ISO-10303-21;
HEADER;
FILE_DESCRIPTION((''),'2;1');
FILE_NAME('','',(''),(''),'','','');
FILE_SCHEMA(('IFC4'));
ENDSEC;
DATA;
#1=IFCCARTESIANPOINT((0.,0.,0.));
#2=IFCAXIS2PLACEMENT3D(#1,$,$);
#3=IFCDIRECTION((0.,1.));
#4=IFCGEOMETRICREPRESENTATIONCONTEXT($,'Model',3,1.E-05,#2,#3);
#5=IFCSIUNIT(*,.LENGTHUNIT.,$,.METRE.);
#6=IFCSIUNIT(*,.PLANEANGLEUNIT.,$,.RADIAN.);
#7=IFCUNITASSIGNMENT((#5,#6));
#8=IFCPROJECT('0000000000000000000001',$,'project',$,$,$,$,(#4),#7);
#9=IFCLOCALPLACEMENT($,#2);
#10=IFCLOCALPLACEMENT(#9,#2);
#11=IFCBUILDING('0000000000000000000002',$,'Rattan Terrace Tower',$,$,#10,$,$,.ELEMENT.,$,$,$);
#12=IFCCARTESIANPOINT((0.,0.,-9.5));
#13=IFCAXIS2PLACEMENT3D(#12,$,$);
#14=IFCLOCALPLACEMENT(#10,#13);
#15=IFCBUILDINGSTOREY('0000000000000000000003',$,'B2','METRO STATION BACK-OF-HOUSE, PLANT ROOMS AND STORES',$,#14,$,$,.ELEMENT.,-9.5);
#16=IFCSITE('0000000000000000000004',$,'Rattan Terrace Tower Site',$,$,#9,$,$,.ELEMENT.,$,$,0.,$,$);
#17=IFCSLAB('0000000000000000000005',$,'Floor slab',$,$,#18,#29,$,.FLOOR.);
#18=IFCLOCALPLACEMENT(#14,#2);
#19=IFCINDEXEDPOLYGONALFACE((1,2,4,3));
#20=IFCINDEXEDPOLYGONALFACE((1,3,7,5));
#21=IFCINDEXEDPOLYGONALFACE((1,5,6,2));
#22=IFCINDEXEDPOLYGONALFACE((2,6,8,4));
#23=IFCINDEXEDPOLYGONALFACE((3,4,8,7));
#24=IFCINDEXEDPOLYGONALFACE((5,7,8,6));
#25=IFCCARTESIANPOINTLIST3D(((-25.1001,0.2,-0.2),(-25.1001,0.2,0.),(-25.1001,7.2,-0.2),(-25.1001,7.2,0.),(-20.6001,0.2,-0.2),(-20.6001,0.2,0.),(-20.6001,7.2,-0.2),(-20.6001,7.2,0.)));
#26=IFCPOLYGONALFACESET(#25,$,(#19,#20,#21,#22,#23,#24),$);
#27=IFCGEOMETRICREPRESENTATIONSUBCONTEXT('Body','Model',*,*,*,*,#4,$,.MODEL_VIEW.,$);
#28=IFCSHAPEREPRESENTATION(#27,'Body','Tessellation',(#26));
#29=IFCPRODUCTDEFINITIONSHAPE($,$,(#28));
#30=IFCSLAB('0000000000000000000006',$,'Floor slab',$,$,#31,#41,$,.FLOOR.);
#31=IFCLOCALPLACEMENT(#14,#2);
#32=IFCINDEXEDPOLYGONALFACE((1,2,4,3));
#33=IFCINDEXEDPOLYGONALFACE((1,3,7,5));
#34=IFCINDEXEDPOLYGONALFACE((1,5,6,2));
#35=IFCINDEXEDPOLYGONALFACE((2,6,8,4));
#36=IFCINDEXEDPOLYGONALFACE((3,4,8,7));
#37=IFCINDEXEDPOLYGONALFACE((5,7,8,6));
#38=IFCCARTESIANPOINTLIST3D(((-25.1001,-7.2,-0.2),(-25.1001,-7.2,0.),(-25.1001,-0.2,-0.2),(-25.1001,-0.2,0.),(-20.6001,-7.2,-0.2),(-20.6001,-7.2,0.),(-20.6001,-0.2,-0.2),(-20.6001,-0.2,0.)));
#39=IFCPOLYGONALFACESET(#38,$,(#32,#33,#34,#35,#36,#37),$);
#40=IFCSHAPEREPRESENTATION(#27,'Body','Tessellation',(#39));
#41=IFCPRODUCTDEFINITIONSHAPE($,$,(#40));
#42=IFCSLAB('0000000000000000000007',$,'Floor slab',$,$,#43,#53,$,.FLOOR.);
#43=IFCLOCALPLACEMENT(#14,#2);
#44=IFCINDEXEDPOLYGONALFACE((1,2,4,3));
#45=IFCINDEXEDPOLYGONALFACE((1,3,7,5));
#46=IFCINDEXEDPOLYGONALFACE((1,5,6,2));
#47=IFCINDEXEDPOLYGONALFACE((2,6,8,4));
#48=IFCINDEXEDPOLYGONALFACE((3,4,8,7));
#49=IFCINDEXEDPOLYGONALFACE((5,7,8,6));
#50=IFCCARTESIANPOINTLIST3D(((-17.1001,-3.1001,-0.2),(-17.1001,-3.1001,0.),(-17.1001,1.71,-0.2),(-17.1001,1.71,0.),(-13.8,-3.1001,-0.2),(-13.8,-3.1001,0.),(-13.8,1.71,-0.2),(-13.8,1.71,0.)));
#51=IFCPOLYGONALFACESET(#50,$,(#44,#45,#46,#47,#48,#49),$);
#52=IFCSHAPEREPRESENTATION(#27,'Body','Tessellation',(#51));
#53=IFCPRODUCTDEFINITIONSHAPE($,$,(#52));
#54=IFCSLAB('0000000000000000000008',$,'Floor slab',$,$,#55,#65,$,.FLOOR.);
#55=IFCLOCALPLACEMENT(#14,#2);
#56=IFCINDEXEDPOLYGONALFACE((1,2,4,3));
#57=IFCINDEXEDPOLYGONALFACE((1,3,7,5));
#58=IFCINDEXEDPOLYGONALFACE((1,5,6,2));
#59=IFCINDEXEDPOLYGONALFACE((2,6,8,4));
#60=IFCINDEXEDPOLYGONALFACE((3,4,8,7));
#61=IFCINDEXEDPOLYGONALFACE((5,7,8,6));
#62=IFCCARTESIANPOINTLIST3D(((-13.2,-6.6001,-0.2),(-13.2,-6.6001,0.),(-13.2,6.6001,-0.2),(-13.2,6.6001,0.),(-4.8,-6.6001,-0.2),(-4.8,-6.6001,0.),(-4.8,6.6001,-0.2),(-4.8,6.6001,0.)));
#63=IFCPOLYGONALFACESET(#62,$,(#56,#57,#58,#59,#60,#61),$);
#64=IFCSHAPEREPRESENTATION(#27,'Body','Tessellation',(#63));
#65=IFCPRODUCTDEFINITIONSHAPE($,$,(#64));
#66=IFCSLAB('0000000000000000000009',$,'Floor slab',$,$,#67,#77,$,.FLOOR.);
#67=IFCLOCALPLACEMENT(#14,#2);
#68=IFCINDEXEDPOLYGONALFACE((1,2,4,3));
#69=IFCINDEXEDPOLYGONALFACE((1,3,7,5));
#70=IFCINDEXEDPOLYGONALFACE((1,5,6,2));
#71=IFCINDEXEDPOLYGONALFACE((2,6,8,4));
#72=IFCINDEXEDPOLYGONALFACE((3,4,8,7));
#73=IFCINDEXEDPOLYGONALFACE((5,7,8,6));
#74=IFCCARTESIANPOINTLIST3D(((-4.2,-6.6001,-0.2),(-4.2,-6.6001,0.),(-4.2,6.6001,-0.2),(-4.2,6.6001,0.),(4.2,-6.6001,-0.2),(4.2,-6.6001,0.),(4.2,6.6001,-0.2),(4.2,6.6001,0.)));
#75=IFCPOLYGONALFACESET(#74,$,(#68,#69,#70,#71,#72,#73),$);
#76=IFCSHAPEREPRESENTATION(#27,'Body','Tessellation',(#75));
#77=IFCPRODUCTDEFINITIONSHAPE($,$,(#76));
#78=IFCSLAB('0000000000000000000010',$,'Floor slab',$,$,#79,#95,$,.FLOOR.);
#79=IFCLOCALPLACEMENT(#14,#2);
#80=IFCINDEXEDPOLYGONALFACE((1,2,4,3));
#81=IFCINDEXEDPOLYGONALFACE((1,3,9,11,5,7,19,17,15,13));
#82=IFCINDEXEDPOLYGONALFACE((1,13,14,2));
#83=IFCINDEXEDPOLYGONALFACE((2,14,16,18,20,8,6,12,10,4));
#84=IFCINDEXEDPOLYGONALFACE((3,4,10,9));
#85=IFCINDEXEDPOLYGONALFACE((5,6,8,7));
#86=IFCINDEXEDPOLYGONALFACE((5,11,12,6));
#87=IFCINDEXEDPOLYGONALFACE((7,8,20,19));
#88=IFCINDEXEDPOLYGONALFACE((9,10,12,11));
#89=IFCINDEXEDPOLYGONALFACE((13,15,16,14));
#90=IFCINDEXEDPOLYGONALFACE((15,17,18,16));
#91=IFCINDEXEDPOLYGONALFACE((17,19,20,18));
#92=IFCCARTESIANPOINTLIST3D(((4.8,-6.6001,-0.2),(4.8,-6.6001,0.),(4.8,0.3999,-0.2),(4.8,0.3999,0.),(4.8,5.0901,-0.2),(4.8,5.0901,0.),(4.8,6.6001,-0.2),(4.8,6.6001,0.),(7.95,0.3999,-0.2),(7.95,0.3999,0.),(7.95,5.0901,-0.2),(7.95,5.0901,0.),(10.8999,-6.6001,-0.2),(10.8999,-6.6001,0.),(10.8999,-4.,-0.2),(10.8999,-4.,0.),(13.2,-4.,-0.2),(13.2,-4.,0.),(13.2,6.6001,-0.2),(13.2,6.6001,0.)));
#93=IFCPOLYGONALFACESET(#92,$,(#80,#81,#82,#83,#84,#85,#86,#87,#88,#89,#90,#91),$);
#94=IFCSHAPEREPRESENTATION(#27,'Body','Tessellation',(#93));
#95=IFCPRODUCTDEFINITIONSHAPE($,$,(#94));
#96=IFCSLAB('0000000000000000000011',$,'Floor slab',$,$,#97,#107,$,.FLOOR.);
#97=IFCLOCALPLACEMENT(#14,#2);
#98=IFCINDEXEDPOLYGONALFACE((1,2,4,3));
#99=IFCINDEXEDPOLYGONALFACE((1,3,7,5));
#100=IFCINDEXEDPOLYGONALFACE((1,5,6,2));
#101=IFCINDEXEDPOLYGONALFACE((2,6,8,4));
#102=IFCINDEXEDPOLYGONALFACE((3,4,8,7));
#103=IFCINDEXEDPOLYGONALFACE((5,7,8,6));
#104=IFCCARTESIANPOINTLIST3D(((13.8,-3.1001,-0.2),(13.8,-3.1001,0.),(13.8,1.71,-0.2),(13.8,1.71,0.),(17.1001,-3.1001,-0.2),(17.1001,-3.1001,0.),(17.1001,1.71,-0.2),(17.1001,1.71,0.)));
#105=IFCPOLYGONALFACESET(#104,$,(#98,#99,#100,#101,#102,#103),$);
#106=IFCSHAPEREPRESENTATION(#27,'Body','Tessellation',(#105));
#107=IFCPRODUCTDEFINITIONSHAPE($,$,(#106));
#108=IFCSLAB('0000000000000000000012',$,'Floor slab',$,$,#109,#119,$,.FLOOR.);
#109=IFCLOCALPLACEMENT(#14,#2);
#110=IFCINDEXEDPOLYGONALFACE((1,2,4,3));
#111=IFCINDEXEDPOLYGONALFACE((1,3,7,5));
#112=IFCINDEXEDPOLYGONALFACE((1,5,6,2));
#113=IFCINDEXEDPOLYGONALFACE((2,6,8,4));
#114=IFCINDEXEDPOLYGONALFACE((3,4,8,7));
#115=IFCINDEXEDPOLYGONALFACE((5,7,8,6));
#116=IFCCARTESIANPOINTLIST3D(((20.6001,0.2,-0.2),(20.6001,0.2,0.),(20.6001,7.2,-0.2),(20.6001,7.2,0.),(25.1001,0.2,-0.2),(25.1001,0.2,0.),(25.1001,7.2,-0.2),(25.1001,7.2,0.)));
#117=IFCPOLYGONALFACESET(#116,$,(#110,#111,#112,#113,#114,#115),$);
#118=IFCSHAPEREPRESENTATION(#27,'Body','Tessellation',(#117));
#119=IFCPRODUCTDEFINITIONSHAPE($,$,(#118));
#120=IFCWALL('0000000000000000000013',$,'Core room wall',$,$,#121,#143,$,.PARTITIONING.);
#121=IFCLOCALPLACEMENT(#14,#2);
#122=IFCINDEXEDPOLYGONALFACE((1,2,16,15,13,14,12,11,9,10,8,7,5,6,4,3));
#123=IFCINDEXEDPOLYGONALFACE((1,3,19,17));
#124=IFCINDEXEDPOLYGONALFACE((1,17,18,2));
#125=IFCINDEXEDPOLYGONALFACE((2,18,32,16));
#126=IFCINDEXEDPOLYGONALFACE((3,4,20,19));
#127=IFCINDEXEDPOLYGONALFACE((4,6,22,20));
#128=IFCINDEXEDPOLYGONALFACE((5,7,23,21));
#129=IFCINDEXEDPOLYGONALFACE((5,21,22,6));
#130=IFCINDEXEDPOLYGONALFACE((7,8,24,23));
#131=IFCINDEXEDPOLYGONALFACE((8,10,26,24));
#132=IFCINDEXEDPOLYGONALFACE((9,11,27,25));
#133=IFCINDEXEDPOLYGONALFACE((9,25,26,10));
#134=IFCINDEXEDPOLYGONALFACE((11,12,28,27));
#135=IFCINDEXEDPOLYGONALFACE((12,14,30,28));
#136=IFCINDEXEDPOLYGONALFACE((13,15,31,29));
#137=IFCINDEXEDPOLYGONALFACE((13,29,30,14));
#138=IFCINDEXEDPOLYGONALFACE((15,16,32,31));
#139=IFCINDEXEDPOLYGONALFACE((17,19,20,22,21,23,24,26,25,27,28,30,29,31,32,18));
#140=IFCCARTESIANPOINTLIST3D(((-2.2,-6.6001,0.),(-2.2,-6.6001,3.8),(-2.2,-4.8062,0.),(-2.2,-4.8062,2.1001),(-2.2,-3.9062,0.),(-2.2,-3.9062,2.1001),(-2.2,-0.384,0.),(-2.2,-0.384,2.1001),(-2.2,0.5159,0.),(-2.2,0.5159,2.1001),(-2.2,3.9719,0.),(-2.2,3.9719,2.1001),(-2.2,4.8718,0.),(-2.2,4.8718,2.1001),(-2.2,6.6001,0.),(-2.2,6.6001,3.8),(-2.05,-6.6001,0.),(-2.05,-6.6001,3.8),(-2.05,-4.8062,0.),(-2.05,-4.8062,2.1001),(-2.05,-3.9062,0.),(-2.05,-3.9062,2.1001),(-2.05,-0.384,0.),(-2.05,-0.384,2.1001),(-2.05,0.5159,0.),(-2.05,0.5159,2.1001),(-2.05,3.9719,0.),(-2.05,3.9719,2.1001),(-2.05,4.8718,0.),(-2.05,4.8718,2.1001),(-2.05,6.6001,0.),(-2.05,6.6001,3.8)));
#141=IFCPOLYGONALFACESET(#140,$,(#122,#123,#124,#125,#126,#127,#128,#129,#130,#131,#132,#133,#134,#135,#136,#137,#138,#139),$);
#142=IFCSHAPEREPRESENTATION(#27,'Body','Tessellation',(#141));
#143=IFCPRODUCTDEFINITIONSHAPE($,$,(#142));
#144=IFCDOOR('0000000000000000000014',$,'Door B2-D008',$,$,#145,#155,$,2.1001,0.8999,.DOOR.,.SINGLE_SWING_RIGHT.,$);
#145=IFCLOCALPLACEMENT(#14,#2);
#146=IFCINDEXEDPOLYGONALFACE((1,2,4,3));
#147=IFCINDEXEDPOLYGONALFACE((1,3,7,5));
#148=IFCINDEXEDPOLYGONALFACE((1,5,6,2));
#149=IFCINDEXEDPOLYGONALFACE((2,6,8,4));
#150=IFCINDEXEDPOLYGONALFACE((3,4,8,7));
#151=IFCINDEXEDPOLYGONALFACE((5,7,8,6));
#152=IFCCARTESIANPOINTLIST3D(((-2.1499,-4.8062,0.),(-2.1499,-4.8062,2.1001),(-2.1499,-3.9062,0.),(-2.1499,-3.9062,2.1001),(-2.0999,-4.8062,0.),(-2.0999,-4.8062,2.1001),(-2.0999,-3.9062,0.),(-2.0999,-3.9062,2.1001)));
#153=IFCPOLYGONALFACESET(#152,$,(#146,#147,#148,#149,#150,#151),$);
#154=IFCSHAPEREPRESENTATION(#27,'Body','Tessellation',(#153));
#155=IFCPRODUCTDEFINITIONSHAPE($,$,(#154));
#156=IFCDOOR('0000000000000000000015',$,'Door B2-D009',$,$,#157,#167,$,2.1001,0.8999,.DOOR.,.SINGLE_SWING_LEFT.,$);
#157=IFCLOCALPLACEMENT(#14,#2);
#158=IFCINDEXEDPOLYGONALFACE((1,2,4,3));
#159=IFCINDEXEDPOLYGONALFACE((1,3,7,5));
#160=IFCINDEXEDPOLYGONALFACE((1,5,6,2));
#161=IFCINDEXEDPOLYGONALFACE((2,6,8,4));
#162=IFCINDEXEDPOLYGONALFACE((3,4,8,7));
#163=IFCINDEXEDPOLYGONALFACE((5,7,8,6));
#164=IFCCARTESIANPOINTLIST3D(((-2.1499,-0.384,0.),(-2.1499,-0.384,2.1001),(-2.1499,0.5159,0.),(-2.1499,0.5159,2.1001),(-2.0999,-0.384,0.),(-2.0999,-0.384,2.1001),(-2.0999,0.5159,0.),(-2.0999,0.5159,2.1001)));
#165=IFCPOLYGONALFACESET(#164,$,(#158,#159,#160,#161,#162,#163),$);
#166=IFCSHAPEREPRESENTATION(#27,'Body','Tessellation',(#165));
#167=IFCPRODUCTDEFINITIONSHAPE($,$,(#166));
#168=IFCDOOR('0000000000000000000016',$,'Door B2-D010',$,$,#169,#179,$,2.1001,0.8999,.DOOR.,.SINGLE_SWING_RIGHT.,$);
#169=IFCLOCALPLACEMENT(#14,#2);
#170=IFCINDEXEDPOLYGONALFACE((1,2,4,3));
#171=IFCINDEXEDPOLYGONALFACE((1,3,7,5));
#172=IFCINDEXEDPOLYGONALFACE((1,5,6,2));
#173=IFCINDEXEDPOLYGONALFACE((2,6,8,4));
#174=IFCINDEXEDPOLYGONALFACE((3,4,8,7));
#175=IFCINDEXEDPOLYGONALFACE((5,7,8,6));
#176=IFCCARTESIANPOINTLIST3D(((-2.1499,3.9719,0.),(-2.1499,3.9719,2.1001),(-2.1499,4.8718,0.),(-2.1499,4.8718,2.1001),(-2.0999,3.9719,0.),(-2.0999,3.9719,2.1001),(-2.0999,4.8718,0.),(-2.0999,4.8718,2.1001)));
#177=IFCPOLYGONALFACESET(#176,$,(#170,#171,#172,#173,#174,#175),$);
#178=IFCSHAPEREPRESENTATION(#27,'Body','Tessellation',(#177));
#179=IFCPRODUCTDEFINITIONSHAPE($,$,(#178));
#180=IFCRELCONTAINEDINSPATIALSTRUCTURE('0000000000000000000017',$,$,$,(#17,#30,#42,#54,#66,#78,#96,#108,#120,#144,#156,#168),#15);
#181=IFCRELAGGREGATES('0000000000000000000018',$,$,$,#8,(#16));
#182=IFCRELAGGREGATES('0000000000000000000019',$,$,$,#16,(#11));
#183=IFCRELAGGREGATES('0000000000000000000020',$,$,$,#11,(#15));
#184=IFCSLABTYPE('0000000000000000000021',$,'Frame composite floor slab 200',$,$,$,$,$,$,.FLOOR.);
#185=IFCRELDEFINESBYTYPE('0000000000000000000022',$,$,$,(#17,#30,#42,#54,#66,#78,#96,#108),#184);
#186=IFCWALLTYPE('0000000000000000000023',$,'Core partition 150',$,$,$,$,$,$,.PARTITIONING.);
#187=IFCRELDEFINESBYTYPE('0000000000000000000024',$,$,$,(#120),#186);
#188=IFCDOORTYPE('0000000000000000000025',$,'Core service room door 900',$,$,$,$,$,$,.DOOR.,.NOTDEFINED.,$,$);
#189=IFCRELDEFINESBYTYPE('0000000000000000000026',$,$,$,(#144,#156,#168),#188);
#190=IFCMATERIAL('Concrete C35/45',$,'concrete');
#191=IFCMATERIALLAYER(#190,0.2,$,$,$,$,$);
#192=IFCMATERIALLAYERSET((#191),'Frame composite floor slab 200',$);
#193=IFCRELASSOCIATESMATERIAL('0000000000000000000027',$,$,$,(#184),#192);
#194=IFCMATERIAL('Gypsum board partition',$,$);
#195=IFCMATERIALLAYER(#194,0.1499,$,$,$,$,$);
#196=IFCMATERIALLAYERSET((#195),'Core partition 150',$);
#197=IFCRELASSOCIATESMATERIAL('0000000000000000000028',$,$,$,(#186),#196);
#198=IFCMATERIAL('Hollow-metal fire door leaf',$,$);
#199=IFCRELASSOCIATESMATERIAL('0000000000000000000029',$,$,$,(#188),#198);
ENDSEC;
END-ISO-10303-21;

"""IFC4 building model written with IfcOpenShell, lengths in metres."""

from ifc_helpers import new_model, si_unit, direction, frame, frame_2d, origin, place, context, subcontext, project, spatial, polyline, rectangle, outline, extrude, material, layer, layer_set, type_object, element, fill, save


model = new_model("IFC4")

# Units and contexts
model_context = context("Model", 3, precision=1e-05, world=origin(), true_north=direction((0.0, 1.0)))
body_context = subcontext(model_context, "Body", "Model", "MODEL_VIEW")
ifc_project = project(units=[si_unit("LENGTHUNIT", "METRE"), si_unit("PLANEANGLEUNIT", "RADIAN")], contexts=[model_context])

# Site, building, storey
site_placement = place(None, origin())
site = spatial("IfcSite", under=ifc_project, at=site_placement, Name="Rattan Terrace Tower Site", CompositionType="ELEMENT", RefElevation=0.0)
building_placement = place(site_placement, origin())
building = spatial("IfcBuilding", under=site, at=building_placement, Name="Rattan Terrace Tower", CompositionType="ELEMENT")
storey_placement = place(building_placement, frame((0.0, 0.0, -9.5)))
storey = spatial("IfcBuildingStorey", under=building, at=storey_placement, Name="B2", Description="METRO STATION BACK-OF-HOUSE, PLANT ROOMS AND STORES", CompositionType="ELEMENT", Elevation=-9.5)

# Slabs
ifc_material_1 = material(Name="Concrete C35/45", Category="concrete")
ifc_layer_1 = layer(ifc_material_1, 0.2)
ifc_layer_set_1 = layer_set([ifc_layer_1], Name="Frame composite floor slab 200")
slab_type = type_object("IfcSlabType", Name="Frame composite floor slab 200", PredefinedType="FLOOR", material=ifc_layer_set_1)
slab_1_placement = place(storey_placement, frame((0.0, 0.0, -0.2)))
element("IfcSlab", 1, at=slab_1_placement, inside=storey, type_object=slab_type, Name="Floor slab", PredefinedType="FLOOR", context=body_context, shape_type="SweptSolid", body=[
    extrude(outline(polyline([(-20.6001, 0.2), (-20.6001, 7.2), (-25.1001, 7.2), (-25.1001, 0.2), (-20.6001, 0.2)])), origin(), (0.0, 0.0, 1.0), 0.2),
])
slab_2_placement = place(storey_placement, frame((0.0, 0.0, -0.2)))
element("IfcSlab", 2, at=slab_2_placement, inside=storey, type_object=slab_type, Name="Floor slab", PredefinedType="FLOOR", context=body_context, shape_type="SweptSolid", body=[
    extrude(outline(polyline([(-20.6001, -0.2), (-25.1001, -0.2), (-25.1001, -7.2), (-20.6001, -7.2), (-20.6001, -0.2)])), origin(), (0.0, 0.0, 1.0), 0.2),
])
slab_3_placement = place(storey_placement, frame((0.0, 0.0, -0.2)))
element("IfcSlab", 3, at=slab_3_placement, inside=storey, type_object=slab_type, Name="Floor slab", PredefinedType="FLOOR", context=body_context, shape_type="SweptSolid", body=[
    extrude(outline(polyline([(-13.8, 1.71), (-17.1001, 1.71), (-17.1001, -3.1001), (-13.8, -3.1001), (-13.8, 1.71)])), origin(), (0.0, 0.0, 1.0), 0.2),
])
slab_4_placement = place(storey_placement, frame((0.0, 0.0, -0.2)))
element("IfcSlab", 4, at=slab_4_placement, inside=storey, type_object=slab_type, Name="Floor slab", PredefinedType="FLOOR", context=body_context, shape_type="SweptSolid", body=[
    extrude(outline(polyline([(-13.2, -6.6001), (-4.8, -6.6001), (-4.8, 6.6001), (-13.2, 6.6001), (-13.2, -6.6001)])), origin(), (0.0, 0.0, 1.0), 0.2),
])
slab_5_placement = place(storey_placement, frame((0.0, 0.0, -0.2)))
element("IfcSlab", 5, at=slab_5_placement, inside=storey, type_object=slab_type, Name="Floor slab", PredefinedType="FLOOR", context=body_context, shape_type="SweptSolid", body=[
    extrude(outline(polyline([(-4.2, -6.6001), (4.2, -6.6001), (4.2, 6.6001), (-4.2, 6.6001), (-4.2, -6.6001)])), origin(), (0.0, 0.0, 1.0), 0.2),
])
slab_6_placement = place(storey_placement, frame((0.0, 0.0, -0.2)))
element("IfcSlab", 6, at=slab_6_placement, inside=storey, type_object=slab_type, Name="Floor slab", PredefinedType="FLOOR", context=body_context, shape_type="SweptSolid", body=[
    extrude(outline(polyline([(4.8, -6.6001), (10.8999, -6.6001), (10.8999, -4.0), (13.2, -4.0), (13.2, 6.6001), (4.8, 6.6001), (4.8, 5.0901), (7.95, 5.0901), (7.95, 0.3999), (4.8, 0.3999), (4.8, -6.6001)])), origin(), (0.0, 0.0, 1.0), 0.2),
])
slab_7_placement = place(storey_placement, frame((0.0, 0.0, -0.2)))
element("IfcSlab", 7, at=slab_7_placement, inside=storey, type_object=slab_type, Name="Floor slab", PredefinedType="FLOOR", context=body_context, shape_type="SweptSolid", body=[
    extrude(outline(polyline([(13.8, -3.1001), (17.1001, -3.1001), (17.1001, 1.71), (13.8, 1.71), (13.8, -3.1001)])), origin(), (0.0, 0.0, 1.0), 0.2),
])
slab_8_placement = place(storey_placement, frame((0.0, 0.0, -0.2)))
element("IfcSlab", 8, at=slab_8_placement, inside=storey, type_object=slab_type, Name="Floor slab", PredefinedType="FLOOR", context=body_context, shape_type="SweptSolid", body=[
    extrude(outline(polyline([(25.1001, 7.2), (20.6001, 7.2), (20.6001, 0.2), (25.1001, 0.2), (25.1001, 7.2)])), origin(), (0.0, 0.0, 1.0), 0.2),
])

# Wall, openings, doors
ifc_material_2 = material(Name="Gypsum board partition")
ifc_layer_2 = layer(ifc_material_2, 0.1499)
ifc_layer_set_2 = layer_set([ifc_layer_2], Name="Core partition 150")
wall_type_1 = type_object("IfcWallType", Name="Core partition 150", PredefinedType="PARTITIONING", material=ifc_layer_set_2)
wall_1_placement = place(storey_placement, frame((-2.125, -6.6001, 0.0), z_axis=(0.0, 0.0, 1.0), x_axis=(0.0, 1.0, 0.0)))
wall_1 = element("IfcWall", 9, at=wall_1_placement, inside=storey, type_object=wall_type_1, Name="Core room wall", PredefinedType="PARTITIONING", context=body_context, shape_type="SweptSolid", body=[
    extrude(rectangle(XDim=13.2002, YDim=0.1499, at=frame_2d((6.6001, 0.0))), origin(), (0.0, 0.0, 1.0), 3.8),
])
opening_1_placement = place(wall_1_placement, frame((1.7939, 0.0, 0.0)))
opening_1 = element("IfcOpeningElement", 10, at=opening_1_placement, cuts=wall_1, PredefinedType="OPENING", context=body_context, shape_type="SweptSolid", body=[
    extrude(rectangle(XDim=0.8999, YDim=2.1001, at=frame_2d((0.45, 1.05))), frame((0.0, 0.0854, 0.0), z_axis=(0.0, -1.0, 0.0), x_axis=(1.0, 0.0, 0.0)), (0.0, 0.0, 1.0), 0.1709),
])
opening_2_placement = place(wall_1_placement, frame((6.2161, 0.0, 0.0)))
opening_2 = element("IfcOpeningElement", 11, at=opening_2_placement, cuts=wall_1, PredefinedType="OPENING", context=body_context, shape_type="SweptSolid", body=[
    extrude(rectangle(XDim=0.8999, YDim=2.1001, at=frame_2d((0.45, 1.05))), frame((0.0, 0.0854, 0.0), z_axis=(0.0, -1.0, 0.0), x_axis=(1.0, 0.0, 0.0)), (0.0, 0.0, 1.0), 0.1709),
])
opening_3_placement = place(wall_1_placement, frame((10.572, 0.0, 0.0)))
opening_3 = element("IfcOpeningElement", 12, at=opening_3_placement, cuts=wall_1, PredefinedType="OPENING", context=body_context, shape_type="SweptSolid", body=[
    extrude(rectangle(XDim=0.8999, YDim=2.1001, at=frame_2d((0.45, 1.05))), frame((0.0, 0.0854, 0.0), z_axis=(0.0, -1.0, 0.0), x_axis=(1.0, 0.0, 0.0)), (0.0, 0.0, 1.0), 0.1709),
])
ifc_material_3 = material(Name="Hollow-metal fire door leaf")
door_type_1 = type_object("IfcDoorType", Name="Core service room door 900", OperationType="NOTDEFINED", PredefinedType="DOOR", material=ifc_material_3)
door_1_placement = place(opening_1_placement, origin())
door_1 = element("IfcDoor", 13, at=door_1_placement, inside=storey, type_object=door_type_1, Name="Door B2-D008", OperationType="SINGLE_SWING_RIGHT", OverallHeight=2.1001, OverallWidth=0.8999, PredefinedType="DOOR", context=body_context, shape_type="SweptSolid", body=[
    extrude(rectangle(XDim=0.8999, YDim=2.1001, at=frame_2d((0.45, 1.05))), frame((0.0, 0.0249, 0.0), z_axis=(0.0, -1.0, 0.0), x_axis=(1.0, 0.0, 0.0)), (0.0, 0.0, 1.0), 0.05),
])
fill(opening_1, door_1)
door_2_placement = place(opening_2_placement, origin())
door_2 = element("IfcDoor", 14, at=door_2_placement, inside=storey, type_object=door_type_1, Name="Door B2-D009", OperationType="SINGLE_SWING_LEFT", OverallHeight=2.1001, OverallWidth=0.8999, PredefinedType="DOOR", context=body_context, shape_type="SweptSolid", body=[
    extrude(rectangle(XDim=0.8999, YDim=2.1001, at=frame_2d((0.45, 1.05))), frame((0.0, 0.0249, 0.0), z_axis=(0.0, -1.0, 0.0), x_axis=(1.0, 0.0, 0.0)), (0.0, 0.0, 1.0), 0.05),
])
fill(opening_2, door_2)
door_3_placement = place(opening_3_placement, origin())
door_3 = element("IfcDoor", 15, at=door_3_placement, inside=storey, type_object=door_type_1, Name="Door B2-D010", OperationType="SINGLE_SWING_RIGHT", OverallHeight=2.1001, OverallWidth=0.8999, PredefinedType="DOOR", context=body_context, shape_type="SweptSolid", body=[
    extrude(rectangle(XDim=0.8999, YDim=2.1001, at=frame_2d((0.45, 1.05))), frame((0.0, 0.0249, 0.0), z_axis=(0.0, -1.0, 0.0), x_axis=(1.0, 0.0, 0.0)), (0.0, 0.0, 1.0), 0.05),
])
fill(opening_3, door_3)

save(model, "model.ifc")
